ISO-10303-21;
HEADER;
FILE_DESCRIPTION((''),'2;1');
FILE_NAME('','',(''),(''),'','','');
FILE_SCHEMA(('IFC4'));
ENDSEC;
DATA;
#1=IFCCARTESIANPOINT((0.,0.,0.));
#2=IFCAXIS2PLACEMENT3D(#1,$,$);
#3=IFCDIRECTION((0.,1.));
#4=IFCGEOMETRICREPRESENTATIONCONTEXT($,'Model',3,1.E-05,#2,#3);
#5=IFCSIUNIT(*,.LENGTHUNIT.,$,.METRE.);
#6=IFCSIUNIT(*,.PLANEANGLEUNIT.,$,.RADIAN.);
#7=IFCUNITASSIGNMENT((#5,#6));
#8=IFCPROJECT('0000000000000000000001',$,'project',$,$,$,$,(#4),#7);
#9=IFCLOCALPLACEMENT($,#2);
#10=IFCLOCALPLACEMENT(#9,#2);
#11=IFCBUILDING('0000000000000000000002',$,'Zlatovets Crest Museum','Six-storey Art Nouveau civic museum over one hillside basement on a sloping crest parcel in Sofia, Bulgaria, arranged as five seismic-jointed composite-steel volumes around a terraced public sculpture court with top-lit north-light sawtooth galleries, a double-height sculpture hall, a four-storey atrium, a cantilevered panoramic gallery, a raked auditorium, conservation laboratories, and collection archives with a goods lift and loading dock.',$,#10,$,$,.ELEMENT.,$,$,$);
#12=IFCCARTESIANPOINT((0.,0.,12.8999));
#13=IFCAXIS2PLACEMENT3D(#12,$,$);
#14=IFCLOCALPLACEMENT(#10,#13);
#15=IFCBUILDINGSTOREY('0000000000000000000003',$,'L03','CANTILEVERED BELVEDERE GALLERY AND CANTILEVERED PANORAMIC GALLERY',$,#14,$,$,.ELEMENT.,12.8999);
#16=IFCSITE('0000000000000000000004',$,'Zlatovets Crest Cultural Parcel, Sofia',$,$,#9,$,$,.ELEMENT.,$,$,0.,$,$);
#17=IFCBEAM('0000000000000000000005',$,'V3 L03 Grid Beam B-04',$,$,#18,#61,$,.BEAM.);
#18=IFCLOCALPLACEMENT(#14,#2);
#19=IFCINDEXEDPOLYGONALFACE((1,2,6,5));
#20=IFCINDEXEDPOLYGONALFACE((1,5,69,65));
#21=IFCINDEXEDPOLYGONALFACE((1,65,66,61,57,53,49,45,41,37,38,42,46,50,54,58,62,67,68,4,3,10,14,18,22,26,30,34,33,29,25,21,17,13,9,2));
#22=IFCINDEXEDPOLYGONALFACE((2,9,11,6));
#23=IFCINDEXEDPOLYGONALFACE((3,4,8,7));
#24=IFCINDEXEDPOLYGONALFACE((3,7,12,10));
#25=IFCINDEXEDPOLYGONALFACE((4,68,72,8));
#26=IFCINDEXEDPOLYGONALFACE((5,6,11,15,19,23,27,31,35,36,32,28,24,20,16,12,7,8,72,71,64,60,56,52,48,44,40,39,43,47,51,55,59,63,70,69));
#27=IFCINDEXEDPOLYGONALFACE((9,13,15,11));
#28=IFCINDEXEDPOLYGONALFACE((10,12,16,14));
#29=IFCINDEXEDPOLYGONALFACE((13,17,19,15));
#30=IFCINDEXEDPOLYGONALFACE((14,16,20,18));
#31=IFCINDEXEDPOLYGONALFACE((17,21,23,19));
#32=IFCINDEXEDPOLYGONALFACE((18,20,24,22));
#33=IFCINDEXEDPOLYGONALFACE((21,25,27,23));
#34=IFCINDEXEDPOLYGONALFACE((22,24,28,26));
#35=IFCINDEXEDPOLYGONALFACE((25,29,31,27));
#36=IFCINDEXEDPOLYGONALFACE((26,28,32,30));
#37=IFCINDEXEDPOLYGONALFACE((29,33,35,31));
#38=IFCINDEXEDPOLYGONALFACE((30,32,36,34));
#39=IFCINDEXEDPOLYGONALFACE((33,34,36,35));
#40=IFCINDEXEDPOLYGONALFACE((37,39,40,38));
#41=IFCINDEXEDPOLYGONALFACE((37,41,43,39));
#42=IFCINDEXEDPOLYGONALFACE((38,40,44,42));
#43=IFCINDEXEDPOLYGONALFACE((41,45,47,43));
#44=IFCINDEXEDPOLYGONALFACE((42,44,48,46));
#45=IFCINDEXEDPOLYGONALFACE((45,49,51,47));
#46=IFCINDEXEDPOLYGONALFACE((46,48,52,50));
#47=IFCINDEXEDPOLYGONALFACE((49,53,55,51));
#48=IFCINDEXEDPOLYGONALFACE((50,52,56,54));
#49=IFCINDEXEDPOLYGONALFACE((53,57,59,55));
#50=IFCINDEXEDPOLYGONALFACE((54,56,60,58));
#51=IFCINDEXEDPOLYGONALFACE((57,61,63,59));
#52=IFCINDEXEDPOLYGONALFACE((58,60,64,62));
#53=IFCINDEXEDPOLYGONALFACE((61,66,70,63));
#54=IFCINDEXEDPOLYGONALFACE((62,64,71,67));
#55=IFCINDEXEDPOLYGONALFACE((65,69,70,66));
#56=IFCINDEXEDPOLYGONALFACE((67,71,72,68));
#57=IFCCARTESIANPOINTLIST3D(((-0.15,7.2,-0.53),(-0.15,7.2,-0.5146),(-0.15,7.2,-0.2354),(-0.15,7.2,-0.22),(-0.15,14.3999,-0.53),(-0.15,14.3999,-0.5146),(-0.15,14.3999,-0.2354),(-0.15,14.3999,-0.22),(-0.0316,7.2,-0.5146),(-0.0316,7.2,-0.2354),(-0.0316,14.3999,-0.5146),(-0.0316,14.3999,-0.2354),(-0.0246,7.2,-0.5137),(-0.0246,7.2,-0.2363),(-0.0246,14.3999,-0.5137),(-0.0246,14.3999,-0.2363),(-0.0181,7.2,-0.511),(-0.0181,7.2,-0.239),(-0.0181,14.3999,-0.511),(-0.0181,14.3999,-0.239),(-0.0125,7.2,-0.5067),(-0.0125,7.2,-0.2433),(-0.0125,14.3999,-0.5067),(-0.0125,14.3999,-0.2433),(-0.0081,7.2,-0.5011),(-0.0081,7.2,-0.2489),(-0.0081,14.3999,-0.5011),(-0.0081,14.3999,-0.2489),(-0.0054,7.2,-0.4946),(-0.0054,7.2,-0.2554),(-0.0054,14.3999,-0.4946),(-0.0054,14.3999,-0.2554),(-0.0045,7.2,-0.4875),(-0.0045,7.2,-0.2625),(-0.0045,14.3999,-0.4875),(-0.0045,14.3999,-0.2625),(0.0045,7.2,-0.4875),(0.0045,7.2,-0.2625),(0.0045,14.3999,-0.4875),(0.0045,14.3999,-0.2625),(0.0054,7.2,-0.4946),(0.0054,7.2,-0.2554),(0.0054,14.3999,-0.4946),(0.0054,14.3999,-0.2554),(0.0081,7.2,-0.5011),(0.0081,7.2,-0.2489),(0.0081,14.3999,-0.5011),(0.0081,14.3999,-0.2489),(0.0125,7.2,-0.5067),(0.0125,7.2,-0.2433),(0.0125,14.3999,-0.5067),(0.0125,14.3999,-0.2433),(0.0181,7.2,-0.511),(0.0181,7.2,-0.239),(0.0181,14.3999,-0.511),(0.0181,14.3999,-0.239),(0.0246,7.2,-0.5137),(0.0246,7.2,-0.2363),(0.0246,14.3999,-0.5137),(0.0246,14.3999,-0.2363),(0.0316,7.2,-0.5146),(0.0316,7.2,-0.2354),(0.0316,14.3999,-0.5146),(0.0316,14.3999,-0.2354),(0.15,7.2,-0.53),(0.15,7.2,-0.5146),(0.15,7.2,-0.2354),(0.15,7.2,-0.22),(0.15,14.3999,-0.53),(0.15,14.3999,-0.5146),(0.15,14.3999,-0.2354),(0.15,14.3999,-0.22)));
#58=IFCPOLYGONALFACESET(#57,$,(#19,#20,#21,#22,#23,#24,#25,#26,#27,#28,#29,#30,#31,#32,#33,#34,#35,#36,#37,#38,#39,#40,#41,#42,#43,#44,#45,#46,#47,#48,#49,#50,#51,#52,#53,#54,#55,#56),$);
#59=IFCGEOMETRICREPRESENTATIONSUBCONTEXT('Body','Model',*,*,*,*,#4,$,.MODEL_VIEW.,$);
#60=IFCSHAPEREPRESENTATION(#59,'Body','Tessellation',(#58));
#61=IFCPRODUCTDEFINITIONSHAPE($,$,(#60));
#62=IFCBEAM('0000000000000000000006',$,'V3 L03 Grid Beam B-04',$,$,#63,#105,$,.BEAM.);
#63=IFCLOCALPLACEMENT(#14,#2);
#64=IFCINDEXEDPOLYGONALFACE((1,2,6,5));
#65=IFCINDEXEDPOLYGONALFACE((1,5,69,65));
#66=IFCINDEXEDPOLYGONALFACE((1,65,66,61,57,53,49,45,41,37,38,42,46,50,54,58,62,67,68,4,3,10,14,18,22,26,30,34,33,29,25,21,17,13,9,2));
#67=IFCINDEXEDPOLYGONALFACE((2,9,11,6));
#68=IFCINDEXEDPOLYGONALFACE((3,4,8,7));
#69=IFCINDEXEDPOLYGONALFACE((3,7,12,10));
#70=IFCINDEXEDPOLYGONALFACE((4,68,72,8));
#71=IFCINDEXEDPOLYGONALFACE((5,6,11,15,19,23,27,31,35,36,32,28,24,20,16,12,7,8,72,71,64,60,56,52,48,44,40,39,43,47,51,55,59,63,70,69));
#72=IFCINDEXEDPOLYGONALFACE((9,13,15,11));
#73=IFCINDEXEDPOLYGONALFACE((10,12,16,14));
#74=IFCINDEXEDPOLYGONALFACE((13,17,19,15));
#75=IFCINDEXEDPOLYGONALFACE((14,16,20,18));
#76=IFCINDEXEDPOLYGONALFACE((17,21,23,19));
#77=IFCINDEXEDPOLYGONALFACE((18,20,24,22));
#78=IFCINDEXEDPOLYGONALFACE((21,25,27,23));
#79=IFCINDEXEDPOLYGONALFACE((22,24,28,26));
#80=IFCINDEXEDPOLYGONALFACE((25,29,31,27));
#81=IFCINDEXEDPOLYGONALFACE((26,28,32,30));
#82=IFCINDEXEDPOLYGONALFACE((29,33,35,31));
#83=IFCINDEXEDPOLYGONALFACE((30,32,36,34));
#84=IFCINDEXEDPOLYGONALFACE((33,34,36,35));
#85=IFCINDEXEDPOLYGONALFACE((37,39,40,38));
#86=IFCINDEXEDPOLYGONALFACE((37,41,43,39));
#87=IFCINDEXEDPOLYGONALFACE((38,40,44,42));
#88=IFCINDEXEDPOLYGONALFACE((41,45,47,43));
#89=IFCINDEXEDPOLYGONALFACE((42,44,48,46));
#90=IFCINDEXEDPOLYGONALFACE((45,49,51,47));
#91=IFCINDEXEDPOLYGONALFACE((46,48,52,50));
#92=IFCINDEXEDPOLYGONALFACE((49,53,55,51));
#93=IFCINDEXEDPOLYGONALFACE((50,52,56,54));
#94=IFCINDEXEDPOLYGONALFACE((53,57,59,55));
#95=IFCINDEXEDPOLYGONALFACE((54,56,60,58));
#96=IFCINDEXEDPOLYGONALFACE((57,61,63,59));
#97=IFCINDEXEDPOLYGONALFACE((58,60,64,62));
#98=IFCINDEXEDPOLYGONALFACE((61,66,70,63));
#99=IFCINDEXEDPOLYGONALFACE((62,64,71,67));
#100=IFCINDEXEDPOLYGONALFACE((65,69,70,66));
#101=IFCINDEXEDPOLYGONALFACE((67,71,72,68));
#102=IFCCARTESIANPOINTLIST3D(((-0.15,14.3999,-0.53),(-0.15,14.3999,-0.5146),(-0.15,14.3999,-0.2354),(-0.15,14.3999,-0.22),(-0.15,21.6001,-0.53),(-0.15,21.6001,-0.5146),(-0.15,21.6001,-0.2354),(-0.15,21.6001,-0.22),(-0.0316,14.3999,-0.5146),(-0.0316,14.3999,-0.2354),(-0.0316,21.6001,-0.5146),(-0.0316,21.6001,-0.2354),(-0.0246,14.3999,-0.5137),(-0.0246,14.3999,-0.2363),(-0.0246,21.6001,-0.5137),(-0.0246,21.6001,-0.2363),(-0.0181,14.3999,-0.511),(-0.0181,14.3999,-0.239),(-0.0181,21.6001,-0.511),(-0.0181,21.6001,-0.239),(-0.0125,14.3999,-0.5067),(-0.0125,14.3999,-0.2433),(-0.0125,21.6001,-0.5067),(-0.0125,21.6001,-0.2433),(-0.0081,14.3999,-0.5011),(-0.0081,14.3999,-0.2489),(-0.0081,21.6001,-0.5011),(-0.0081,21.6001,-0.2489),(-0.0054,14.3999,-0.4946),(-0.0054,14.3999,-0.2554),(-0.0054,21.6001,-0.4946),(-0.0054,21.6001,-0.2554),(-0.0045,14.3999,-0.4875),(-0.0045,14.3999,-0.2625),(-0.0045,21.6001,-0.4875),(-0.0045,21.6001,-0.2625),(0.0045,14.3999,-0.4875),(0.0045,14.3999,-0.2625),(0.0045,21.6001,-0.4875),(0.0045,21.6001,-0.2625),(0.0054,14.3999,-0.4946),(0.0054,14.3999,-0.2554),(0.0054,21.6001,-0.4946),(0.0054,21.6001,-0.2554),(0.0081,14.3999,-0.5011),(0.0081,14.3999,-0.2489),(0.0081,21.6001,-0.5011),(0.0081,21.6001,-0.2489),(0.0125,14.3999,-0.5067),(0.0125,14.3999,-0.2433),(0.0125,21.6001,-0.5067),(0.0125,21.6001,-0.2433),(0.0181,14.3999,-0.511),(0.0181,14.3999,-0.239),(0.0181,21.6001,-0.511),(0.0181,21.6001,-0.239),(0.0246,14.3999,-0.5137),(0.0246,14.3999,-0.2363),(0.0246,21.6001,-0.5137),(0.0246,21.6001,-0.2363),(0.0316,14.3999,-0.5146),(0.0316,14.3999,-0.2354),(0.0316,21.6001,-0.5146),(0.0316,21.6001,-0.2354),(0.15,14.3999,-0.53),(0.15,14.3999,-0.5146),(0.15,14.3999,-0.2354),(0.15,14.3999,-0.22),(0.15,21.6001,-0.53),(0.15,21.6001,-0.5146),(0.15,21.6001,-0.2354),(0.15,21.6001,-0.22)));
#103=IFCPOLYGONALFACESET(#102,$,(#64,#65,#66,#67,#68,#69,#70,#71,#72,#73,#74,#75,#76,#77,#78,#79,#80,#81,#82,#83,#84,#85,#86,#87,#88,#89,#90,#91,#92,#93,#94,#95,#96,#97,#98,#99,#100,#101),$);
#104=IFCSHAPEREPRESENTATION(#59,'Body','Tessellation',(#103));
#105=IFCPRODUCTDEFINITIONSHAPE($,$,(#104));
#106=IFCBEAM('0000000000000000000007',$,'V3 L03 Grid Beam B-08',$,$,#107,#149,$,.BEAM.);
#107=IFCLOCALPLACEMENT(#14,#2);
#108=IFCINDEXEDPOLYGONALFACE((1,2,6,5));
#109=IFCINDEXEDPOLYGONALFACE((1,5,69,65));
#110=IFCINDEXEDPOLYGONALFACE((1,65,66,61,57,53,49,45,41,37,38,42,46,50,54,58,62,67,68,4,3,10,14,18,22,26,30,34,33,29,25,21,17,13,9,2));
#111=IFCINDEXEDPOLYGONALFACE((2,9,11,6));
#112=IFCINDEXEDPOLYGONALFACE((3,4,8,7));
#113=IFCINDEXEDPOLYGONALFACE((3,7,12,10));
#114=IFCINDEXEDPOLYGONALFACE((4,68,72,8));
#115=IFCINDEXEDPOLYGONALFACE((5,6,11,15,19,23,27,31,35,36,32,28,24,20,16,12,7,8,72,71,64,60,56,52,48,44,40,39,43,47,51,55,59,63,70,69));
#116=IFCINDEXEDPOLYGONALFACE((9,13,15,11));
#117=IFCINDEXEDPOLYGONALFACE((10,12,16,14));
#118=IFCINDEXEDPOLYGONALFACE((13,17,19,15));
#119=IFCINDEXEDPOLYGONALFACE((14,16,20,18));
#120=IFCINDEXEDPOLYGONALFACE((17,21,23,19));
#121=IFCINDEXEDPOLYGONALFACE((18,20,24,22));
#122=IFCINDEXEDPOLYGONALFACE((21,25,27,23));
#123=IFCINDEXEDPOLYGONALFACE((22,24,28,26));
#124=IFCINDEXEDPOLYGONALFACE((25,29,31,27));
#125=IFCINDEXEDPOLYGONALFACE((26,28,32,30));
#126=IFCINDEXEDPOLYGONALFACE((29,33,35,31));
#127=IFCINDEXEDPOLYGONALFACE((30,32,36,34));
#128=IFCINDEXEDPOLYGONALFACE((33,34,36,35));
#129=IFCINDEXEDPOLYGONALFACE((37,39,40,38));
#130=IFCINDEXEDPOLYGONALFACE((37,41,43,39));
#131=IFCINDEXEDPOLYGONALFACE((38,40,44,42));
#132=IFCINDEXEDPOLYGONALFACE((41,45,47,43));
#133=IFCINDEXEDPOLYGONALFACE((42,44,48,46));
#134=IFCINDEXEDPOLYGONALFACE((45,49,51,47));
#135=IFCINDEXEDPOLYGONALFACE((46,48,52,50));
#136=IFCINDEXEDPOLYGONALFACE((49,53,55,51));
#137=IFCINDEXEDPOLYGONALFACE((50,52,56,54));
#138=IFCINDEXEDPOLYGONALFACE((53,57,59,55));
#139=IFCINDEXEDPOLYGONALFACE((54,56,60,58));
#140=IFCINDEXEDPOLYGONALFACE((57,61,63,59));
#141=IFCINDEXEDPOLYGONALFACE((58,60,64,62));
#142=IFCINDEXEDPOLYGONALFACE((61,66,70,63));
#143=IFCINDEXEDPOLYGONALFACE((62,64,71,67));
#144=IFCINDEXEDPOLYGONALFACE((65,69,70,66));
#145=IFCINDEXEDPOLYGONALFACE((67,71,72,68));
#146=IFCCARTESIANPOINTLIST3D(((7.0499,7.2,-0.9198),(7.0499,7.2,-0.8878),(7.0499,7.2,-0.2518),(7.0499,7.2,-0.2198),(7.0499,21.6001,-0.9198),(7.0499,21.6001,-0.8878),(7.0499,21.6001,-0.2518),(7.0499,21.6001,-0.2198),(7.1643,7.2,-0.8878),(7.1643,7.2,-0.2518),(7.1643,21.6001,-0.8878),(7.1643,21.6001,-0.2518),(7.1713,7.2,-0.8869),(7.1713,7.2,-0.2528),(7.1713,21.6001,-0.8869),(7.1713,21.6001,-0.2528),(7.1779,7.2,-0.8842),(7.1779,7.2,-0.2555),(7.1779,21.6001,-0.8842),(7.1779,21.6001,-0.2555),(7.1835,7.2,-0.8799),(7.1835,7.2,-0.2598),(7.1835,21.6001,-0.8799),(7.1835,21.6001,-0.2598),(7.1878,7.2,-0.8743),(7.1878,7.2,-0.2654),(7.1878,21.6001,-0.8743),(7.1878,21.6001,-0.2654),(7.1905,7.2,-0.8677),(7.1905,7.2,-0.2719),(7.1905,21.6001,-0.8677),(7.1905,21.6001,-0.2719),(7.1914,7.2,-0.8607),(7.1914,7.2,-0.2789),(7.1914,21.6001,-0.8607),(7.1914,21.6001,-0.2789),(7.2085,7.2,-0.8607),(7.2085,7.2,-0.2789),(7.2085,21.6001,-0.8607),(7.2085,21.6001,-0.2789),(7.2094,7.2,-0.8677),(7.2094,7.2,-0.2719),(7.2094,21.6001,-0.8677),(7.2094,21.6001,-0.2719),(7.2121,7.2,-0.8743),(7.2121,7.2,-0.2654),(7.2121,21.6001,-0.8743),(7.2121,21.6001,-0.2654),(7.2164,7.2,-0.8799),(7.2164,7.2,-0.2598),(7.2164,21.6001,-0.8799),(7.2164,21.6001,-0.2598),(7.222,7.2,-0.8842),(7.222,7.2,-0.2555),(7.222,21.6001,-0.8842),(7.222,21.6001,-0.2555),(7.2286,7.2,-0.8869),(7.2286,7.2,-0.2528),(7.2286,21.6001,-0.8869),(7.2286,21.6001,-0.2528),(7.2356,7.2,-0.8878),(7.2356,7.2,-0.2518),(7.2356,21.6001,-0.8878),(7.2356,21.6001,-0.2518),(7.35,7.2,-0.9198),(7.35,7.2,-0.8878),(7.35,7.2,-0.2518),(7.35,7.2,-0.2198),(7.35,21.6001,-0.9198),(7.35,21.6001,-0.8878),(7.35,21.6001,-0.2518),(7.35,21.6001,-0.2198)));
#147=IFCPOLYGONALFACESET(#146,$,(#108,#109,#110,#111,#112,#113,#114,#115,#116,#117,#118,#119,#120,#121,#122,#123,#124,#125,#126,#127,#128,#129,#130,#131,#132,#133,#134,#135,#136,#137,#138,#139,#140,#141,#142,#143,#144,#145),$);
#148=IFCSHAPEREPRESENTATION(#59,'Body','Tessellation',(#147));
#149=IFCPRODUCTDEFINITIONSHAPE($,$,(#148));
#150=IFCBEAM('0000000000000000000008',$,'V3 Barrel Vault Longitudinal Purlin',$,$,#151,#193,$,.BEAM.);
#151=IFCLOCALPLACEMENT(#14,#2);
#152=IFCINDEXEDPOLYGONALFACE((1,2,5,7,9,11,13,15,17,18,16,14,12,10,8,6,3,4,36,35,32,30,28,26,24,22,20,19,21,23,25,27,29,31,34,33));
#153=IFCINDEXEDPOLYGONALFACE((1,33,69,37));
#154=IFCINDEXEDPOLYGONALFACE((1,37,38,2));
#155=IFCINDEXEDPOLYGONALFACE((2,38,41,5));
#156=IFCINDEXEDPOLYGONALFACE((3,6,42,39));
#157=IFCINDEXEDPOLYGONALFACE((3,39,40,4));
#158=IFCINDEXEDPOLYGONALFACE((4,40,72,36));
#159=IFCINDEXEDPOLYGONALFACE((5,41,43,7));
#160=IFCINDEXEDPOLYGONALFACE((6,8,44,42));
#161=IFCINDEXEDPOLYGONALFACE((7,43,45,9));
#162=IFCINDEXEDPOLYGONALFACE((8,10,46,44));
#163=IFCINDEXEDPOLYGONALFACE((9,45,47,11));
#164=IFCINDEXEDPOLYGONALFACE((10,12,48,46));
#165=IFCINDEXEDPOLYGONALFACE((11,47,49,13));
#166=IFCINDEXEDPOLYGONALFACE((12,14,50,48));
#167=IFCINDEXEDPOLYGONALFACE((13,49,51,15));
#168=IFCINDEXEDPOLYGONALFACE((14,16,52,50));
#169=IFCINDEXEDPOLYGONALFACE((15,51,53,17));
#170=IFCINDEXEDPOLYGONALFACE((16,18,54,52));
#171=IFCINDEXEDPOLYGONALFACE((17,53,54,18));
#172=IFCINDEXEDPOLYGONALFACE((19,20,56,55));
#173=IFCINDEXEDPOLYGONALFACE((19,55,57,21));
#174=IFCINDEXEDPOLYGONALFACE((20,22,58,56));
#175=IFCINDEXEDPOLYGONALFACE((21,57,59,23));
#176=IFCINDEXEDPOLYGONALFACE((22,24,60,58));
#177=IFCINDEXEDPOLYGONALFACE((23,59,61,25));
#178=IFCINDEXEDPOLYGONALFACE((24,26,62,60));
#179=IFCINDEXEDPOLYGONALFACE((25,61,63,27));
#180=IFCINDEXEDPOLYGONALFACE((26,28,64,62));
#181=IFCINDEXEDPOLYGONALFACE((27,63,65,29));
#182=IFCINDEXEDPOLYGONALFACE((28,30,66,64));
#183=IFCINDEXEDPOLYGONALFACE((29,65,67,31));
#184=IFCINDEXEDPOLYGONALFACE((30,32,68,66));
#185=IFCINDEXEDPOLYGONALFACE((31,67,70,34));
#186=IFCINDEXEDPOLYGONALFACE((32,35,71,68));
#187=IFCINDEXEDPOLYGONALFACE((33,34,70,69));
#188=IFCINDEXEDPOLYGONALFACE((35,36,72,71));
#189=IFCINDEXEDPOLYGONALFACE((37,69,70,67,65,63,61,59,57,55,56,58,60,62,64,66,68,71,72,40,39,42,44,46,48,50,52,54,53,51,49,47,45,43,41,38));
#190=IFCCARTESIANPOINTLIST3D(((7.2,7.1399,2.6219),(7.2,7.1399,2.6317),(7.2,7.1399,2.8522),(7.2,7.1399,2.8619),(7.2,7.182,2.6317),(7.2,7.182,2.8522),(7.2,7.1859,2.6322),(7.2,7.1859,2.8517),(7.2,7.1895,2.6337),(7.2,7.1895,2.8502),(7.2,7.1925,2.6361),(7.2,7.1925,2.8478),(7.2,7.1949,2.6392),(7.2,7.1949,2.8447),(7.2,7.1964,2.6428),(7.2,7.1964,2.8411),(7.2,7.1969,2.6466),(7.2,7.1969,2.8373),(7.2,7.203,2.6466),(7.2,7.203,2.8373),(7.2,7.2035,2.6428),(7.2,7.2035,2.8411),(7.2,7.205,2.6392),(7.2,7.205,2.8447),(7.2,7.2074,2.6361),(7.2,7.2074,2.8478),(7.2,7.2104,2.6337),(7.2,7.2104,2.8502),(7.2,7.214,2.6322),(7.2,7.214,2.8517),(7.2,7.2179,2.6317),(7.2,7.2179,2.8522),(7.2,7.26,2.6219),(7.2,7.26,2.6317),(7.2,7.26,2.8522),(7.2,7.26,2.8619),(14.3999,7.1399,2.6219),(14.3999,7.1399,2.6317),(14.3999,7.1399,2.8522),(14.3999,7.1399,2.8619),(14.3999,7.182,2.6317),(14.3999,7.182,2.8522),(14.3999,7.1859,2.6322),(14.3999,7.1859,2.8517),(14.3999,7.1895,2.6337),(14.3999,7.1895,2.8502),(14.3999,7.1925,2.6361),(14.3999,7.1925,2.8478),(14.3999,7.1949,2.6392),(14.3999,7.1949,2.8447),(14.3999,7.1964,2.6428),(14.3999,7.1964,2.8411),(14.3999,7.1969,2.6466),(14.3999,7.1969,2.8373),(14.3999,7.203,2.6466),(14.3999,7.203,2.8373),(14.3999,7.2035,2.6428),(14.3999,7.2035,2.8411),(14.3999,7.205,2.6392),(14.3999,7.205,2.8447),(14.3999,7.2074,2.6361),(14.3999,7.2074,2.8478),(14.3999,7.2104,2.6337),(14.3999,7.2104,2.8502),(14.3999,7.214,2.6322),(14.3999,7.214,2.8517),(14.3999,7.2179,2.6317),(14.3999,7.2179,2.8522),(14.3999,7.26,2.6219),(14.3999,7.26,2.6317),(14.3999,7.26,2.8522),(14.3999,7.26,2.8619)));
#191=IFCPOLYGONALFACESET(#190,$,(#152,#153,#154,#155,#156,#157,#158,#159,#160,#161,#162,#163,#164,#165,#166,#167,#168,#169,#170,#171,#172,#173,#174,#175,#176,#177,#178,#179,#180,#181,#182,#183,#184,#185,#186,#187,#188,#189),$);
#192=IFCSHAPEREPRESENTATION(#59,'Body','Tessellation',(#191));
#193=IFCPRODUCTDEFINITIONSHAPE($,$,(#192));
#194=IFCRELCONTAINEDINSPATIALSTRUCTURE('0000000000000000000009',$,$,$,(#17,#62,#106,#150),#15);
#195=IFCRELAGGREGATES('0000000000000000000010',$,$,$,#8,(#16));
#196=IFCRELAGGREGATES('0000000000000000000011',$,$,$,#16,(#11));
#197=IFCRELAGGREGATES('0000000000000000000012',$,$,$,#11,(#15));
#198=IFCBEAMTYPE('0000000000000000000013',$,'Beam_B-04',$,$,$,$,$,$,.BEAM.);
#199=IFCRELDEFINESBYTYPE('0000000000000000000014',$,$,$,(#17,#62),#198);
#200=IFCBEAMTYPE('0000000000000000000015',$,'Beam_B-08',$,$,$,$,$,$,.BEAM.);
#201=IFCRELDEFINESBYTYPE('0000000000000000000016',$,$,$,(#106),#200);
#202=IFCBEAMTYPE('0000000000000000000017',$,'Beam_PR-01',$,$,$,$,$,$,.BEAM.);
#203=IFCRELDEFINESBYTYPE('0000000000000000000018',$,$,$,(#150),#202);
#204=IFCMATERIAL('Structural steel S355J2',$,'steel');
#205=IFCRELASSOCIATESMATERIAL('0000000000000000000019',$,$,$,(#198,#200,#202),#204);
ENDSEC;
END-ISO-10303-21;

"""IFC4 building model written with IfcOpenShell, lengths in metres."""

from ifc_helpers import new_model, si_unit, direction, frame, origin, origin_2d, place, context, subcontext, project, spatial, i_section, extrude, material, material_profile, profile_set, type_object, element, save


model = new_model("IFC4")

# Units and contexts
model_context = context("Model", 3, precision=1e-05, world=origin(), true_north=direction((0.0, 1.0)))
body_context = subcontext(model_context, "Body", "Model", "MODEL_VIEW")
ifc_project = project(units=[si_unit("LENGTHUNIT", "METRE"), si_unit("PLANEANGLEUNIT", "RADIAN")], contexts=[model_context])

# Site, building, storey
site_placement = place(None, origin())
site = spatial("IfcSite", under=ifc_project, at=site_placement, Name="Zlatovets Crest Cultural Parcel, Sofia", CompositionType="ELEMENT", RefElevation=0.0)
building_placement = place(site_placement, origin())
building = spatial("IfcBuilding", under=site, at=building_placement, Name="Zlatovets Crest Museum", Description="Six-storey Art Nouveau civic museum over one hillside basement on a sloping crest parcel in Sofia, Bulgaria, arranged as five seismic-jointed composite-steel volumes around a terraced public sculpture court with top-lit north-light sawtooth galleries, a double-height sculpture hall, a four-storey atrium, a cantilevered panoramic gallery, a raked auditorium, conservation laboratories, and collection archives with a goods lift and loading dock.", CompositionType="ELEMENT")
storey_placement = place(building_placement, frame((0.0, 0.0, 12.8999)))
storey = spatial("IfcBuildingStorey", under=building, at=storey_placement, Name="L03", Description="CANTILEVERED BELVEDERE GALLERY AND CANTILEVERED PANORAMIC GALLERY", CompositionType="ELEMENT", Elevation=12.8999)

# Shared definitions
ifc_material_1 = material(Name="Structural steel S355J2", Category="steel")

# Beams
ifc_material_profile_1 = material_profile(ifc_material_1, i_section(OverallWidth=0.3, OverallDepth=0.3101, WebThickness=0.009, FlangeThickness=0.0154, FilletRadius=0.0271, at=origin_2d()), Name="HEA 320")
ifc_profile_set_1 = profile_set([ifc_material_profile_1], Name="Structural steel S355J2")
beam_type_1 = type_object("IfcBeamType", Name="Beam_B-04", PredefinedType="BEAM", material=ifc_profile_set_1)
beam_1_placement = place(storey_placement, frame((0.0, 7.2, -0.375), z_axis=(0.0, 1.0, 0.0), x_axis=(-1.0, 0.0, 0.0)))
element("IfcBeam", 1, at=beam_1_placement, inside=storey, type_object=beam_type_1, Name="V3 L03 Grid Beam B-04", PredefinedType="BEAM", context=body_context, shape_type="SweptSolid", body=[
    extrude(i_section(OverallWidth=0.3, OverallDepth=0.3101, WebThickness=0.009, FlangeThickness=0.0154, FilletRadius=0.0271, at=origin_2d()), origin(), (0.0, 0.0, 1.0), 7.2),
])
beam_2_placement = place(storey_placement, frame((0.0, 14.3999, -0.375), z_axis=(0.0, 1.0, 0.0), x_axis=(-1.0, 0.0, 0.0)))
element("IfcBeam", 2, at=beam_2_placement, inside=storey, type_object=beam_type_1, Name="V3 L03 Grid Beam B-04", PredefinedType="BEAM", context=body_context, shape_type="SweptSolid", body=[
    extrude(i_section(OverallWidth=0.3, OverallDepth=0.3101, WebThickness=0.009, FlangeThickness=0.0154, FilletRadius=0.0271, at=origin_2d()), origin(), (0.0, 0.0, 1.0), 7.2002),
])
ifc_material_profile_2 = material_profile(ifc_material_1, i_section(OverallWidth=0.3, OverallDepth=0.7, WebThickness=0.0171, FlangeThickness=0.032, FilletRadius=0.0271, at=origin_2d()), Name="HEB 700")
ifc_profile_set_2 = profile_set([ifc_material_profile_2], Name="Structural steel S355J2")
beam_type_2 = type_object("IfcBeamType", Name="Beam_B-08", PredefinedType="BEAM", material=ifc_profile_set_2)
beam_3_placement = place(storey_placement, frame((7.2, 7.2, -0.5698), z_axis=(0.0, 1.0, 0.0), x_axis=(-1.0, 0.0, 0.0)))
element("IfcBeam", 3, at=beam_3_placement, inside=storey, type_object=beam_type_2, Name="V3 L03 Grid Beam B-08", PredefinedType="BEAM", context=body_context, shape_type="SweptSolid", body=[
    extrude(i_section(OverallWidth=0.3, OverallDepth=0.7, WebThickness=0.0171, FlangeThickness=0.032, FilletRadius=0.0271, at=origin_2d()), origin(), (0.0, 0.0, 1.0), 14.4001),
])
ifc_material_profile_3 = material_profile(ifc_material_1, i_section(OverallWidth=0.1201, OverallDepth=0.24, WebThickness=0.0061, FlangeThickness=0.0098, FilletRadius=0.0149, at=origin_2d()), Name="IPE 240")
ifc_profile_set_3 = profile_set([ifc_material_profile_3], Name="Structural steel S355J2")
beam_type_3 = type_object("IfcBeamType", Name="Beam_PR-01", PredefinedType="BEAM", material=ifc_profile_set_3)
for number, where, z_axis, x_axis, name in (
    (4, (7.2, 7.2, 2.7419), (1.0, 0.0, 0.0), (0.0, 1.0, 0.0), "V3 Barrel Vault Longitudinal Purlin"),
):
    element("IfcBeam", number, at=place(storey_placement, frame(where, z_axis=z_axis, x_axis=x_axis)), inside=storey, type_object=beam_type_3, Name=name, PredefinedType="BEAM", context=body_context, shape_type="SweptSolid", body=[
        extrude(i_section(OverallWidth=0.1201, OverallDepth=0.24, WebThickness=0.0061, FlangeThickness=0.0098, FilletRadius=0.0149, at=origin_2d()), origin(), (0.0, 0.0, 1.0), 7.2),
    ])

save(model, "model.ifc")
